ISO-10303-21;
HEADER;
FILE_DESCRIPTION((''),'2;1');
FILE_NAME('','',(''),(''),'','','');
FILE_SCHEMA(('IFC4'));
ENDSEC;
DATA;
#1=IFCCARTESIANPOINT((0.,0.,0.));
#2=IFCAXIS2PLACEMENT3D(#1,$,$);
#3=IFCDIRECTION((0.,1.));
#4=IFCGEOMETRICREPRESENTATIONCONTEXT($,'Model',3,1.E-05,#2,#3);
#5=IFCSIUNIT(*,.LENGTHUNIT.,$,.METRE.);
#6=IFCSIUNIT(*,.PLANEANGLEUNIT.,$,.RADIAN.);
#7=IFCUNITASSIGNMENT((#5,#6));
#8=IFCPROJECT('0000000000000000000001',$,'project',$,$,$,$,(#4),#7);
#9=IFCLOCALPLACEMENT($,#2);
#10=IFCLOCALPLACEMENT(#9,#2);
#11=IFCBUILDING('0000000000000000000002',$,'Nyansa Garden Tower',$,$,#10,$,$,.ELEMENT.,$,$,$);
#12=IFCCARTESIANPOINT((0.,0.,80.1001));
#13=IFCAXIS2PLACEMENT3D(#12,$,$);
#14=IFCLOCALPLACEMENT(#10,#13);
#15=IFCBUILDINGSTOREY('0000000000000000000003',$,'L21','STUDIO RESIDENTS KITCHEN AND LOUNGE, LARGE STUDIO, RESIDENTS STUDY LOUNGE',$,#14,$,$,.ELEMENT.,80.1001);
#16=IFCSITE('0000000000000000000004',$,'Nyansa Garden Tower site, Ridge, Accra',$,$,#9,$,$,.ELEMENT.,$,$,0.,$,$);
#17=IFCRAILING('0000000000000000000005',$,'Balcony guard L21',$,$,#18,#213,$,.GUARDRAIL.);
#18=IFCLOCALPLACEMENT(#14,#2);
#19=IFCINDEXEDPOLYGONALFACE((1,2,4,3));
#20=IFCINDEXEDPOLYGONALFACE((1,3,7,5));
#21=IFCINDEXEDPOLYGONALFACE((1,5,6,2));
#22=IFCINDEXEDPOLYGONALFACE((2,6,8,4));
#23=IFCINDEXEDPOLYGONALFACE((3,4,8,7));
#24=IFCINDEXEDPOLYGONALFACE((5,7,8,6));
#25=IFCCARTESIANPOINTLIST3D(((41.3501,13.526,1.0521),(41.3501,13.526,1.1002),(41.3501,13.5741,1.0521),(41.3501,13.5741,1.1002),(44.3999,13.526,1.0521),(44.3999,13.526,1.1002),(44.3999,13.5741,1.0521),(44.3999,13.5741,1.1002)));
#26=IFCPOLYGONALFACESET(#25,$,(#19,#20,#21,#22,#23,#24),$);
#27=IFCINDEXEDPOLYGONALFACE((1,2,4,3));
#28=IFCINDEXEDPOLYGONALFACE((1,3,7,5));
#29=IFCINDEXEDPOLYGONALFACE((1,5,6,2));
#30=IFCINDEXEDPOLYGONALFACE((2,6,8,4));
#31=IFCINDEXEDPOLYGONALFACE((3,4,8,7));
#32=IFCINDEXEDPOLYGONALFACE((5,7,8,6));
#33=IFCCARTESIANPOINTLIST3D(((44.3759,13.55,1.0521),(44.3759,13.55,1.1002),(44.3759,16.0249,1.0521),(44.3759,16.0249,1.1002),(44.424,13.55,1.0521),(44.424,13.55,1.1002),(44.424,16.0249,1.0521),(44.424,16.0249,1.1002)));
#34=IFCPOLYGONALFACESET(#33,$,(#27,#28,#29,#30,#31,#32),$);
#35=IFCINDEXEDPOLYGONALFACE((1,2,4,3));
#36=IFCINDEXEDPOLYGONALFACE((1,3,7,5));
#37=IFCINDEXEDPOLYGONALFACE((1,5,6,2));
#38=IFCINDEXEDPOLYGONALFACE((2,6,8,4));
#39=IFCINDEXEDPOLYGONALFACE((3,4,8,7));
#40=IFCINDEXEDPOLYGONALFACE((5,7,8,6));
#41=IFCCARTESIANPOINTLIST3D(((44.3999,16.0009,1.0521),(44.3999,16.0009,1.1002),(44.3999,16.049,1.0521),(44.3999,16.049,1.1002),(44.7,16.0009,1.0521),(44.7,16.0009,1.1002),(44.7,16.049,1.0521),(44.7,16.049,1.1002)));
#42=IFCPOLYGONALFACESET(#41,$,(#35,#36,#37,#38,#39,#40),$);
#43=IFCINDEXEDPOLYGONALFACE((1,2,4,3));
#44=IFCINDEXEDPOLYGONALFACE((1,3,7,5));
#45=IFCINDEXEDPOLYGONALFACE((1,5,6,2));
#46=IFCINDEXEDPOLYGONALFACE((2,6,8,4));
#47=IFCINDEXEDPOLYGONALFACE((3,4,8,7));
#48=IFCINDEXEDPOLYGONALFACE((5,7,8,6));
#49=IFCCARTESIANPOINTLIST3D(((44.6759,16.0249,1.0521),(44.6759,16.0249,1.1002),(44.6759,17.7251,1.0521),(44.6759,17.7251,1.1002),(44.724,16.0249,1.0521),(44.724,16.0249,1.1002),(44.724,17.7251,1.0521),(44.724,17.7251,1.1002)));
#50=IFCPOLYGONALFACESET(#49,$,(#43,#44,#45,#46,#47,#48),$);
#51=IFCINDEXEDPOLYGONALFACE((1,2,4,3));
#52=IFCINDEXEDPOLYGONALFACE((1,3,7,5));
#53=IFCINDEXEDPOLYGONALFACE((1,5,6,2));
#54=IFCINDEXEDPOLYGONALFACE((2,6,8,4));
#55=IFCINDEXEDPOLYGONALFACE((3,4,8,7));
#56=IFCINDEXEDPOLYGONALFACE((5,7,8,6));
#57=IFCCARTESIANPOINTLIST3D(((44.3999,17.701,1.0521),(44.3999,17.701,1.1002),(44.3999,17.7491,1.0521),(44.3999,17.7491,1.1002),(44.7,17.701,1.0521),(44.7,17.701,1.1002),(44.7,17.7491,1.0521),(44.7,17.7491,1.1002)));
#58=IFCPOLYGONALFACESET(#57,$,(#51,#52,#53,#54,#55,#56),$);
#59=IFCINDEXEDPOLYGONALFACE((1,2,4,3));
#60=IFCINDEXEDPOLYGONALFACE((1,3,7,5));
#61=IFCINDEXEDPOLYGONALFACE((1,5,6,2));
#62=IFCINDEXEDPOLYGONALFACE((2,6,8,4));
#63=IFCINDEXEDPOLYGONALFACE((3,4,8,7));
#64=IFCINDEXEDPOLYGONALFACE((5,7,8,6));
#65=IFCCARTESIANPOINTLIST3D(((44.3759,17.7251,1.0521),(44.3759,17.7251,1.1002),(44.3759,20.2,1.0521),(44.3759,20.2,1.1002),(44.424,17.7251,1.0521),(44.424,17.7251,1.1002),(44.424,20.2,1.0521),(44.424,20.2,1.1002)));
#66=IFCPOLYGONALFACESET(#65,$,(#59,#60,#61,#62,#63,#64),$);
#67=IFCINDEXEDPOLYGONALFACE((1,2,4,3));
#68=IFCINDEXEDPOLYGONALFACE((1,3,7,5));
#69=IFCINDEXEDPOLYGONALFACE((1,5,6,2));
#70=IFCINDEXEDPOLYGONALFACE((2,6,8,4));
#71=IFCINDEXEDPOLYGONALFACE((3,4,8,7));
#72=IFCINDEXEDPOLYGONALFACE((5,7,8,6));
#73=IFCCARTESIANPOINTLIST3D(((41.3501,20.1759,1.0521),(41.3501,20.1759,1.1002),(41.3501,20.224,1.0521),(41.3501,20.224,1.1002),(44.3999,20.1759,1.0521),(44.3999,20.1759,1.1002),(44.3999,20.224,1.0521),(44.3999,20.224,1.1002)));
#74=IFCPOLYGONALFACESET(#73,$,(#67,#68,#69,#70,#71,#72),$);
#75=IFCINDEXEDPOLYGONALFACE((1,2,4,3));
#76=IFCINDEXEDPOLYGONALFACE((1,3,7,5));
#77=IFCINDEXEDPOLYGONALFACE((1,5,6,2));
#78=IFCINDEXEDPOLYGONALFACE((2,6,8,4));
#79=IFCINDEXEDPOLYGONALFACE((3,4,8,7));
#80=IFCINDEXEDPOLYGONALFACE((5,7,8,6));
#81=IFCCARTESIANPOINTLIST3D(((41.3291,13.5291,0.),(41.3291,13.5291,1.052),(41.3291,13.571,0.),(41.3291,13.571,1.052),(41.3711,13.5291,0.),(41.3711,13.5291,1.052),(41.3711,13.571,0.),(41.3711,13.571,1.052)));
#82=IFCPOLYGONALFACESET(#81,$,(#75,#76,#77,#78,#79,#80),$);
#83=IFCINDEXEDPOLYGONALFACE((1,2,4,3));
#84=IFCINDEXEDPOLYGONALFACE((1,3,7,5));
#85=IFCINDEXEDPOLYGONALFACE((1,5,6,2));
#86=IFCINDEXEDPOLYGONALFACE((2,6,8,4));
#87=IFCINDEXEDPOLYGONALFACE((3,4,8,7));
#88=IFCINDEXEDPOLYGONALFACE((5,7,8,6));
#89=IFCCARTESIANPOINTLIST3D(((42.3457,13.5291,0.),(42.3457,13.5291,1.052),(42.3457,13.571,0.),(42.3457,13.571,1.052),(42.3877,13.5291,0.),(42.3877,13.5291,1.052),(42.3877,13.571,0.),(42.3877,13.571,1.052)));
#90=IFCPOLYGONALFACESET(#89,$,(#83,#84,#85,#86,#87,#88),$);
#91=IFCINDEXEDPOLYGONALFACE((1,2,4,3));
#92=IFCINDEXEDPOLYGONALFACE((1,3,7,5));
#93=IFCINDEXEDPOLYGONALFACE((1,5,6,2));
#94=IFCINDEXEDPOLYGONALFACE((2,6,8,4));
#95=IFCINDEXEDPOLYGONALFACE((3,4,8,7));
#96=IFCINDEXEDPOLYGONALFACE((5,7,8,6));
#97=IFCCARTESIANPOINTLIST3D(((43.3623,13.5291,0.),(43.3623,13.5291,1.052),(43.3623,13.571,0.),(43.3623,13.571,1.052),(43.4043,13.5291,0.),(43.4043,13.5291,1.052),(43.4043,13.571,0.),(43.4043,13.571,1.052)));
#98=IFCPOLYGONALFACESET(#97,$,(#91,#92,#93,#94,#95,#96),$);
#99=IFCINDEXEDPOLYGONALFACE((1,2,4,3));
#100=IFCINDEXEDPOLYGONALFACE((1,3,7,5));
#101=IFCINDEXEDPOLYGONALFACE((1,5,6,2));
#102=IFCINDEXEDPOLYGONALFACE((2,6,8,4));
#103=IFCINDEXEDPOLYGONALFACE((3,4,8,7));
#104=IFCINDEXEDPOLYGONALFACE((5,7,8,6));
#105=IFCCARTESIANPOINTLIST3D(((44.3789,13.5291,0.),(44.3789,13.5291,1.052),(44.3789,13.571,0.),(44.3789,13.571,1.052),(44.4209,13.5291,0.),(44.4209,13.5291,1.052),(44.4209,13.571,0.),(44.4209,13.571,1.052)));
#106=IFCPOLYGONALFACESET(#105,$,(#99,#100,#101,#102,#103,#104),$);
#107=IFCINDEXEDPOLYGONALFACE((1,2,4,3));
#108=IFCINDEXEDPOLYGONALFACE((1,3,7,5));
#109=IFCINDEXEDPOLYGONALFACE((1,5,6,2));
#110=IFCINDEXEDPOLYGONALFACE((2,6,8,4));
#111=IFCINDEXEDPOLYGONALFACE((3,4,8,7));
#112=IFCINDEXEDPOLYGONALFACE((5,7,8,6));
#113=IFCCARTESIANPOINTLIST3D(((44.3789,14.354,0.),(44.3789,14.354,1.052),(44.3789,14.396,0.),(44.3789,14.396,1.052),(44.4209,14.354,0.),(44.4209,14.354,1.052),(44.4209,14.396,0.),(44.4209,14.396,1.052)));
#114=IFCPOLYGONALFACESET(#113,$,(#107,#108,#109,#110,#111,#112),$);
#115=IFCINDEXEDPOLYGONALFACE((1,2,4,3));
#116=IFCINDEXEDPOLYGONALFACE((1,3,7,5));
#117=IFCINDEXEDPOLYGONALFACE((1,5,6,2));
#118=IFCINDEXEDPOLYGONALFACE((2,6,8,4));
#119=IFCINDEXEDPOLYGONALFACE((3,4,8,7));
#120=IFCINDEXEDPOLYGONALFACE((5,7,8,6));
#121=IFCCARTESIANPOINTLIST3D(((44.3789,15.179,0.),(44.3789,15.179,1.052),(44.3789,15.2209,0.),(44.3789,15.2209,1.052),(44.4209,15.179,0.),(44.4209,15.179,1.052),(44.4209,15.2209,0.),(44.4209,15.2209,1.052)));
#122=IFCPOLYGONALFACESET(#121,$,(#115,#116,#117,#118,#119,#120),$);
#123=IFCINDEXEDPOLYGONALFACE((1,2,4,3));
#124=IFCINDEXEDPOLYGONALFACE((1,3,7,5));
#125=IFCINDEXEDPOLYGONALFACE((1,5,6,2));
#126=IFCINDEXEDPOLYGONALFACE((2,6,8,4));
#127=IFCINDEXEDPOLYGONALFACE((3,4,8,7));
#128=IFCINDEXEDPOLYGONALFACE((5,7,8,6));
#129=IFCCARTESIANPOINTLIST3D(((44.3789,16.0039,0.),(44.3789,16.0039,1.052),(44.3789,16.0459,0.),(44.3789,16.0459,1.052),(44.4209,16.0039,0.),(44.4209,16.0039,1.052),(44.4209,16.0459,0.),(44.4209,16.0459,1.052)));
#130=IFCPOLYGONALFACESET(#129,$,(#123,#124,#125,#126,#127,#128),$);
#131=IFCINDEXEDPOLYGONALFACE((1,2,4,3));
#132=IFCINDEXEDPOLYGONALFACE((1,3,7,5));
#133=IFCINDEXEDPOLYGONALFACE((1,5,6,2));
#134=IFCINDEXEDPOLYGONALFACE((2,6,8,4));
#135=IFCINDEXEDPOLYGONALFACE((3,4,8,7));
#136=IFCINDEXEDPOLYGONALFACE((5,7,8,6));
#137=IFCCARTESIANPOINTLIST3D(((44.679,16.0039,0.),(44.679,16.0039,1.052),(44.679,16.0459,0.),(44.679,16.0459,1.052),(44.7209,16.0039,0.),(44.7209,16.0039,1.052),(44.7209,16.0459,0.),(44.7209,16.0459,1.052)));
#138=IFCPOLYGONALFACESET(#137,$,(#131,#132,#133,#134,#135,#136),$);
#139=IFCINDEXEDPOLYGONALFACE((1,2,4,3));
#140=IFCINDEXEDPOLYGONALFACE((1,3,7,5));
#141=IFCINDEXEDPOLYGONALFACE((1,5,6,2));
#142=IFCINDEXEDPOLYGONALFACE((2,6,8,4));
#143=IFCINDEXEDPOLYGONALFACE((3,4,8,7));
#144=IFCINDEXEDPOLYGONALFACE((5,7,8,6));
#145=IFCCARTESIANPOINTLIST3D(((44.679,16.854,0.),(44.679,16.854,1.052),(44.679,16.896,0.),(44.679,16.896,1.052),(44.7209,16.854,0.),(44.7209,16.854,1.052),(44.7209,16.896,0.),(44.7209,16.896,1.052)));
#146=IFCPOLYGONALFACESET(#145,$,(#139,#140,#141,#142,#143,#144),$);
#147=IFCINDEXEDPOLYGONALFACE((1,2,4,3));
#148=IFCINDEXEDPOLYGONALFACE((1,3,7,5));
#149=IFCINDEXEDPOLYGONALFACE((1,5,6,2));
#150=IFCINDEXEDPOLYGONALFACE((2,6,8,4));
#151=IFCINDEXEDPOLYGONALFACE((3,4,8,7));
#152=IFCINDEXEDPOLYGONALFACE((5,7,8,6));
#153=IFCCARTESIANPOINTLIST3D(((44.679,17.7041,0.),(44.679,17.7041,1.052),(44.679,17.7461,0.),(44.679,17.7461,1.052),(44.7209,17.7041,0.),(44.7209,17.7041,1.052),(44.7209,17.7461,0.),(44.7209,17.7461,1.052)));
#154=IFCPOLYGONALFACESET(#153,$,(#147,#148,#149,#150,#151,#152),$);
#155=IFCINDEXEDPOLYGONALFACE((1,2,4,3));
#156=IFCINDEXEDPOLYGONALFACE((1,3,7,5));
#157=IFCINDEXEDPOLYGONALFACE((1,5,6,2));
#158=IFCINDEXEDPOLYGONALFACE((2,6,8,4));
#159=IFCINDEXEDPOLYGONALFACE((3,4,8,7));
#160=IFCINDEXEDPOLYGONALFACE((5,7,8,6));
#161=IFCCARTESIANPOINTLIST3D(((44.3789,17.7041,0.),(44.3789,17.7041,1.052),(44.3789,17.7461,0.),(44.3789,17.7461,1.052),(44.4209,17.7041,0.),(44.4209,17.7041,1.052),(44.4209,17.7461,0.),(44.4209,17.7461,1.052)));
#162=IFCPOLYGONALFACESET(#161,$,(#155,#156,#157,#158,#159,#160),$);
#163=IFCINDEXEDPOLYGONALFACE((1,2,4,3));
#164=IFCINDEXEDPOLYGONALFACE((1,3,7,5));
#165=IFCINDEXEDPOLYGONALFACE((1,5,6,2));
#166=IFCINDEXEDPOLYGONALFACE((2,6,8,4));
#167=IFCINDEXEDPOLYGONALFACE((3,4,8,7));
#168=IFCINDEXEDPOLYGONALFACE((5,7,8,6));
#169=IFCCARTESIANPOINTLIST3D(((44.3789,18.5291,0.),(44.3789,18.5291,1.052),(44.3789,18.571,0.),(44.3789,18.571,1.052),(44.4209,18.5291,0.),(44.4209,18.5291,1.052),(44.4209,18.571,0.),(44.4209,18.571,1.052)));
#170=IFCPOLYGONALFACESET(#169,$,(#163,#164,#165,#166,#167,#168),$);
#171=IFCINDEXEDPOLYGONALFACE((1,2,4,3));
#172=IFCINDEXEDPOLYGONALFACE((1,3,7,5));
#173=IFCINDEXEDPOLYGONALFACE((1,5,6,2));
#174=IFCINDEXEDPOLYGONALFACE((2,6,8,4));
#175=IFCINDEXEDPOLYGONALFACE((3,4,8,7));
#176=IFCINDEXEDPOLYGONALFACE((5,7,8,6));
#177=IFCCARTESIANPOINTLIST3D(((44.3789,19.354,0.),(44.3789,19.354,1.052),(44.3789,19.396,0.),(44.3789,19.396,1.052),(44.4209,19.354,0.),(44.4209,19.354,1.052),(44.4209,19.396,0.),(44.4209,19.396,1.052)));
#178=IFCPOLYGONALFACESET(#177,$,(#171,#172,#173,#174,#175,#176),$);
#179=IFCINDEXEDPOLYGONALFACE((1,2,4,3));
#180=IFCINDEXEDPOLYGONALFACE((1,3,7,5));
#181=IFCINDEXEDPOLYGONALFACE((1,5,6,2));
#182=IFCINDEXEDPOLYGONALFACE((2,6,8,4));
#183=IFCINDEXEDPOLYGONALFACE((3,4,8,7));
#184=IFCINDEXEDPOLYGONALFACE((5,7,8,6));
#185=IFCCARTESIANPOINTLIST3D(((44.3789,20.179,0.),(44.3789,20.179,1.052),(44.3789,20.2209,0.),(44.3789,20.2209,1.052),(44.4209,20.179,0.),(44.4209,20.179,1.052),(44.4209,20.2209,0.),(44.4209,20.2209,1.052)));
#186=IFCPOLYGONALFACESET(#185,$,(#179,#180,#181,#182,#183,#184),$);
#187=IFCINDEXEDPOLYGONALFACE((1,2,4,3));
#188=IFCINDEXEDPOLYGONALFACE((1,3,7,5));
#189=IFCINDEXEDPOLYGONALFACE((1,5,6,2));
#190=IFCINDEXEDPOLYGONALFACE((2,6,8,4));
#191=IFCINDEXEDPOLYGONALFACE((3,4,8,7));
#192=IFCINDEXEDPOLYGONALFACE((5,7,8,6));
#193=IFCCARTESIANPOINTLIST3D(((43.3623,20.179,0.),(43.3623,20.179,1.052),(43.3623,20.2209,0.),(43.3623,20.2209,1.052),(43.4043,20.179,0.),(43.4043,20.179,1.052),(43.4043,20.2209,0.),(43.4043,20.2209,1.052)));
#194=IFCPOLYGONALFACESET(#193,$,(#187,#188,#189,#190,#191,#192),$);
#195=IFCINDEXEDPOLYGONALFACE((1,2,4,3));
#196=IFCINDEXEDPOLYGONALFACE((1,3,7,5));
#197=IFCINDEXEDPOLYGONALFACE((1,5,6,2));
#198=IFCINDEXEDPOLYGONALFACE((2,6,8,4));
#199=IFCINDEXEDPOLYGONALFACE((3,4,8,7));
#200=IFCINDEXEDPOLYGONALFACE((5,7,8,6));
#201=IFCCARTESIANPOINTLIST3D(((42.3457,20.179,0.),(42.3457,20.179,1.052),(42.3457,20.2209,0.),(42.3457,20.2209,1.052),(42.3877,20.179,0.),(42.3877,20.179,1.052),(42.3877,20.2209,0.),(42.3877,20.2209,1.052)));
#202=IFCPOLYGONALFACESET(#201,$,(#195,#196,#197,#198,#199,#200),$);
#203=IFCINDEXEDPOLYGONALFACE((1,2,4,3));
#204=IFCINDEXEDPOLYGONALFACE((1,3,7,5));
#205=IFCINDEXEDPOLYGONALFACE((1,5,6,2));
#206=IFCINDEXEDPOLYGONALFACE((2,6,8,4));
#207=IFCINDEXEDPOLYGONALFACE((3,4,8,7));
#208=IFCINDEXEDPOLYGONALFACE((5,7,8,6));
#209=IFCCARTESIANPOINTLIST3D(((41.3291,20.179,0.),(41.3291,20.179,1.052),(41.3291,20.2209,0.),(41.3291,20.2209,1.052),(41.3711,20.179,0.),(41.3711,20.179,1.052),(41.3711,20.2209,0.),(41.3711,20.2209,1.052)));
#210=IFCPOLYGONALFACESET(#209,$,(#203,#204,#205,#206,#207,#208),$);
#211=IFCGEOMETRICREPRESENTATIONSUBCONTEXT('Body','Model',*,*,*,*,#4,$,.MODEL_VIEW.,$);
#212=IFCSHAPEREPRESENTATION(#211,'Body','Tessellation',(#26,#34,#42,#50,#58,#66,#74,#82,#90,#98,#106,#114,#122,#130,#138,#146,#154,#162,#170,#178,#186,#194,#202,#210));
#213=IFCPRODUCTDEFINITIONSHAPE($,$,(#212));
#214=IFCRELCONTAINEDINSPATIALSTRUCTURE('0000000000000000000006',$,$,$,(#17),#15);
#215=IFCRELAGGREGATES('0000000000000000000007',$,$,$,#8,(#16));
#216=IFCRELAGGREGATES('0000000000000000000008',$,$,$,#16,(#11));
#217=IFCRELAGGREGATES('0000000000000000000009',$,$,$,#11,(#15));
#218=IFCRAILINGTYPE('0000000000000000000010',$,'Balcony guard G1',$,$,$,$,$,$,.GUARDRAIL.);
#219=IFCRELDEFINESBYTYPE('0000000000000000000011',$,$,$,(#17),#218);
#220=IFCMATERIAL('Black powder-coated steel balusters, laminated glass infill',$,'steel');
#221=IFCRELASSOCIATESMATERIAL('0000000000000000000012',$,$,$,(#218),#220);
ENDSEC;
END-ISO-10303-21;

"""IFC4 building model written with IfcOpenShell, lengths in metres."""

from ifc_helpers import new_model, si_unit, direction, frame, origin, origin_2d, place, context, subcontext, project, spatial, rectangle, extrude, material, type_object, element, save


model = new_model("IFC4")

# Units and contexts
model_context = context("Model", 3, precision=1e-05, world=origin(), true_north=direction((0.0, 1.0)))
body_context = subcontext(model_context, "Body", "Model", "MODEL_VIEW")
ifc_project = project(units=[si_unit("LENGTHUNIT", "METRE"), si_unit("PLANEANGLEUNIT", "RADIAN")], contexts=[model_context])

# Site, building, storey
site_placement = place(None, origin())
site = spatial("IfcSite", under=ifc_project, at=site_placement, Name="Nyansa Garden Tower site, Ridge, Accra", CompositionType="ELEMENT", RefElevation=0.0)
building_placement = place(site_placement, origin())
building = spatial("IfcBuilding", under=site, at=building_placement, Name="Nyansa Garden Tower", CompositionType="ELEMENT")
storey_placement = place(building_placement, frame((0.0, 0.0, 80.1001)))
storey = spatial("IfcBuildingStorey", under=building, at=storey_placement, Name="L21", Description="STUDIO RESIDENTS KITCHEN AND LOUNGE, LARGE STUDIO, RESIDENTS STUDY LOUNGE", CompositionType="ELEMENT", Elevation=80.1001)

# Railing
ifc_material_1 = material(Name="Black powder-coated steel balusters, laminated glass infill", Category="steel")
railing_type = type_object("IfcRailingType", Name="Balcony guard G1", PredefinedType="GUARDRAIL", material=ifc_material_1)
railing_placement = place(storey_placement, frame((41.3501, 13.55, 0.0)))
element("IfcRailing", 1, at=railing_placement, inside=storey, type_object=railing_type, Name="Balcony guard L21", PredefinedType="GUARDRAIL", context=body_context, shape_type="SweptSolid", body=[
    extrude(rectangle(XDim=0.0481, YDim=0.0481, at=origin_2d()), frame((0.0, 0.0, 1.0762), z_axis=(1.0, 0.0, 0.0), x_axis=(0.0, 1.0, 0.0)), (0.0, 0.0, 1.0), 3.0498),
    extrude(rectangle(XDim=0.0481, YDim=0.0481, at=origin_2d()), frame((3.0498, 0.0, 1.0762), z_axis=(0.0, 1.0, 0.0), x_axis=(-1.0, 0.0, 0.0)), (0.0, 0.0, 1.0), 2.4749),
    extrude(rectangle(XDim=0.0481, YDim=0.0481, at=origin_2d()), frame((3.0498, 2.4749, 1.0762), z_axis=(1.0, 0.0, 0.0), x_axis=(0.0, 1.0, 0.0)), (0.0, 0.0, 1.0), 0.3),
    extrude(rectangle(XDim=0.0481, YDim=0.0481, at=origin_2d()), frame((3.3499, 2.4749, 1.0762), z_axis=(0.0, 1.0, 0.0), x_axis=(-1.0, 0.0, 0.0)), (0.0, 0.0, 1.0), 1.7002),
    extrude(rectangle(XDim=0.0481, YDim=0.0481, at=origin_2d()), frame((3.3499, 4.175, 1.0762), z_axis=(-1.0, 0.0, 0.0), x_axis=(0.0, -1.0, 0.0)), (0.0, 0.0, 1.0), 0.3),
    extrude(rectangle(XDim=0.0481, YDim=0.0481, at=origin_2d()), frame((3.0498, 4.175, 1.0762), z_axis=(0.0, 1.0, 0.0), x_axis=(-1.0, 0.0, 0.0)), (0.0, 0.0, 1.0), 2.4749),
    extrude(rectangle(XDim=0.0481, YDim=0.0481, at=origin_2d()), frame((3.0498, 6.6499, 1.0762), z_axis=(-1.0, 0.0, 0.0), x_axis=(0.0, -1.0, 0.0)), (0.0, 0.0, 1.0), 3.0498),
    extrude(rectangle(XDim=0.042, YDim=0.042, at=origin_2d()), origin(), (0.0, 0.0, 1.0), 1.052),
    extrude(rectangle(XDim=0.042, YDim=0.042, at=origin_2d()), frame((1.0166, 0.0, 0.0)), (0.0, 0.0, 1.0), 1.052),
    extrude(rectangle(XDim=0.042, YDim=0.042, at=origin_2d()), frame((2.0332, 0.0, 0.0)), (0.0, 0.0, 1.0), 1.052),
    extrude(rectangle(XDim=0.042, YDim=0.042, at=origin_2d()), frame((3.0498, 0.0, 0.0)), (0.0, 0.0, 1.0), 1.052),
    extrude(rectangle(XDim=0.042, YDim=0.042, at=origin_2d()), frame((3.0498, 0.825, 0.0)), (0.0, 0.0, 1.0), 1.052),
    extrude(rectangle(XDim=0.042, YDim=0.042, at=origin_2d()), frame((3.0498, 1.6499, 0.0)), (0.0, 0.0, 1.0), 1.052),
    extrude(rectangle(XDim=0.042, YDim=0.042, at=origin_2d()), frame((3.0498, 2.4749, 0.0)), (0.0, 0.0, 1.0), 1.052),
    extrude(rectangle(XDim=0.042, YDim=0.042, at=origin_2d()), frame((3.3499, 2.4749, 0.0)), (0.0, 0.0, 1.0), 1.052),
    extrude(rectangle(XDim=0.042, YDim=0.042, at=origin_2d()), frame((3.3499, 3.325, 0.0)), (0.0, 0.0, 1.0), 1.052),
    extrude(rectangle(XDim=0.042, YDim=0.042, at=origin_2d()), frame((3.3499, 4.175, 0.0)), (0.0, 0.0, 1.0), 1.052),
    extrude(rectangle(XDim=0.042, YDim=0.042, at=origin_2d()), frame((3.0498, 4.175, 0.0)), (0.0, 0.0, 1.0), 1.052),
    extrude(rectangle(XDim=0.042, YDim=0.042, at=origin_2d()), frame((3.0498, 5.0, 0.0)), (0.0, 0.0, 1.0), 1.052),
    extrude(rectangle(XDim=0.042, YDim=0.042, at=origin_2d()), frame((3.0498, 5.825, 0.0)), (0.0, 0.0, 1.0), 1.052),
    extrude(rectangle(XDim=0.042, YDim=0.042, at=origin_2d()), frame((3.0498, 6.6499, 0.0)), (0.0, 0.0, 1.0), 1.052),
    extrude(rectangle(XDim=0.042, YDim=0.042, at=origin_2d()), frame((2.0332, 6.6499, 0.0)), (0.0, 0.0, 1.0), 1.052),
    extrude(rectangle(XDim=0.042, YDim=0.042, at=origin_2d()), frame((1.0166, 6.6499, 0.0)), (0.0, 0.0, 1.0), 1.052),
    extrude(rectangle(XDim=0.042, YDim=0.042, at=origin_2d()), frame((0.0, 6.6499, 0.0)), (0.0, 0.0, 1.0), 1.052),
])

save(model, "model.ifc")
